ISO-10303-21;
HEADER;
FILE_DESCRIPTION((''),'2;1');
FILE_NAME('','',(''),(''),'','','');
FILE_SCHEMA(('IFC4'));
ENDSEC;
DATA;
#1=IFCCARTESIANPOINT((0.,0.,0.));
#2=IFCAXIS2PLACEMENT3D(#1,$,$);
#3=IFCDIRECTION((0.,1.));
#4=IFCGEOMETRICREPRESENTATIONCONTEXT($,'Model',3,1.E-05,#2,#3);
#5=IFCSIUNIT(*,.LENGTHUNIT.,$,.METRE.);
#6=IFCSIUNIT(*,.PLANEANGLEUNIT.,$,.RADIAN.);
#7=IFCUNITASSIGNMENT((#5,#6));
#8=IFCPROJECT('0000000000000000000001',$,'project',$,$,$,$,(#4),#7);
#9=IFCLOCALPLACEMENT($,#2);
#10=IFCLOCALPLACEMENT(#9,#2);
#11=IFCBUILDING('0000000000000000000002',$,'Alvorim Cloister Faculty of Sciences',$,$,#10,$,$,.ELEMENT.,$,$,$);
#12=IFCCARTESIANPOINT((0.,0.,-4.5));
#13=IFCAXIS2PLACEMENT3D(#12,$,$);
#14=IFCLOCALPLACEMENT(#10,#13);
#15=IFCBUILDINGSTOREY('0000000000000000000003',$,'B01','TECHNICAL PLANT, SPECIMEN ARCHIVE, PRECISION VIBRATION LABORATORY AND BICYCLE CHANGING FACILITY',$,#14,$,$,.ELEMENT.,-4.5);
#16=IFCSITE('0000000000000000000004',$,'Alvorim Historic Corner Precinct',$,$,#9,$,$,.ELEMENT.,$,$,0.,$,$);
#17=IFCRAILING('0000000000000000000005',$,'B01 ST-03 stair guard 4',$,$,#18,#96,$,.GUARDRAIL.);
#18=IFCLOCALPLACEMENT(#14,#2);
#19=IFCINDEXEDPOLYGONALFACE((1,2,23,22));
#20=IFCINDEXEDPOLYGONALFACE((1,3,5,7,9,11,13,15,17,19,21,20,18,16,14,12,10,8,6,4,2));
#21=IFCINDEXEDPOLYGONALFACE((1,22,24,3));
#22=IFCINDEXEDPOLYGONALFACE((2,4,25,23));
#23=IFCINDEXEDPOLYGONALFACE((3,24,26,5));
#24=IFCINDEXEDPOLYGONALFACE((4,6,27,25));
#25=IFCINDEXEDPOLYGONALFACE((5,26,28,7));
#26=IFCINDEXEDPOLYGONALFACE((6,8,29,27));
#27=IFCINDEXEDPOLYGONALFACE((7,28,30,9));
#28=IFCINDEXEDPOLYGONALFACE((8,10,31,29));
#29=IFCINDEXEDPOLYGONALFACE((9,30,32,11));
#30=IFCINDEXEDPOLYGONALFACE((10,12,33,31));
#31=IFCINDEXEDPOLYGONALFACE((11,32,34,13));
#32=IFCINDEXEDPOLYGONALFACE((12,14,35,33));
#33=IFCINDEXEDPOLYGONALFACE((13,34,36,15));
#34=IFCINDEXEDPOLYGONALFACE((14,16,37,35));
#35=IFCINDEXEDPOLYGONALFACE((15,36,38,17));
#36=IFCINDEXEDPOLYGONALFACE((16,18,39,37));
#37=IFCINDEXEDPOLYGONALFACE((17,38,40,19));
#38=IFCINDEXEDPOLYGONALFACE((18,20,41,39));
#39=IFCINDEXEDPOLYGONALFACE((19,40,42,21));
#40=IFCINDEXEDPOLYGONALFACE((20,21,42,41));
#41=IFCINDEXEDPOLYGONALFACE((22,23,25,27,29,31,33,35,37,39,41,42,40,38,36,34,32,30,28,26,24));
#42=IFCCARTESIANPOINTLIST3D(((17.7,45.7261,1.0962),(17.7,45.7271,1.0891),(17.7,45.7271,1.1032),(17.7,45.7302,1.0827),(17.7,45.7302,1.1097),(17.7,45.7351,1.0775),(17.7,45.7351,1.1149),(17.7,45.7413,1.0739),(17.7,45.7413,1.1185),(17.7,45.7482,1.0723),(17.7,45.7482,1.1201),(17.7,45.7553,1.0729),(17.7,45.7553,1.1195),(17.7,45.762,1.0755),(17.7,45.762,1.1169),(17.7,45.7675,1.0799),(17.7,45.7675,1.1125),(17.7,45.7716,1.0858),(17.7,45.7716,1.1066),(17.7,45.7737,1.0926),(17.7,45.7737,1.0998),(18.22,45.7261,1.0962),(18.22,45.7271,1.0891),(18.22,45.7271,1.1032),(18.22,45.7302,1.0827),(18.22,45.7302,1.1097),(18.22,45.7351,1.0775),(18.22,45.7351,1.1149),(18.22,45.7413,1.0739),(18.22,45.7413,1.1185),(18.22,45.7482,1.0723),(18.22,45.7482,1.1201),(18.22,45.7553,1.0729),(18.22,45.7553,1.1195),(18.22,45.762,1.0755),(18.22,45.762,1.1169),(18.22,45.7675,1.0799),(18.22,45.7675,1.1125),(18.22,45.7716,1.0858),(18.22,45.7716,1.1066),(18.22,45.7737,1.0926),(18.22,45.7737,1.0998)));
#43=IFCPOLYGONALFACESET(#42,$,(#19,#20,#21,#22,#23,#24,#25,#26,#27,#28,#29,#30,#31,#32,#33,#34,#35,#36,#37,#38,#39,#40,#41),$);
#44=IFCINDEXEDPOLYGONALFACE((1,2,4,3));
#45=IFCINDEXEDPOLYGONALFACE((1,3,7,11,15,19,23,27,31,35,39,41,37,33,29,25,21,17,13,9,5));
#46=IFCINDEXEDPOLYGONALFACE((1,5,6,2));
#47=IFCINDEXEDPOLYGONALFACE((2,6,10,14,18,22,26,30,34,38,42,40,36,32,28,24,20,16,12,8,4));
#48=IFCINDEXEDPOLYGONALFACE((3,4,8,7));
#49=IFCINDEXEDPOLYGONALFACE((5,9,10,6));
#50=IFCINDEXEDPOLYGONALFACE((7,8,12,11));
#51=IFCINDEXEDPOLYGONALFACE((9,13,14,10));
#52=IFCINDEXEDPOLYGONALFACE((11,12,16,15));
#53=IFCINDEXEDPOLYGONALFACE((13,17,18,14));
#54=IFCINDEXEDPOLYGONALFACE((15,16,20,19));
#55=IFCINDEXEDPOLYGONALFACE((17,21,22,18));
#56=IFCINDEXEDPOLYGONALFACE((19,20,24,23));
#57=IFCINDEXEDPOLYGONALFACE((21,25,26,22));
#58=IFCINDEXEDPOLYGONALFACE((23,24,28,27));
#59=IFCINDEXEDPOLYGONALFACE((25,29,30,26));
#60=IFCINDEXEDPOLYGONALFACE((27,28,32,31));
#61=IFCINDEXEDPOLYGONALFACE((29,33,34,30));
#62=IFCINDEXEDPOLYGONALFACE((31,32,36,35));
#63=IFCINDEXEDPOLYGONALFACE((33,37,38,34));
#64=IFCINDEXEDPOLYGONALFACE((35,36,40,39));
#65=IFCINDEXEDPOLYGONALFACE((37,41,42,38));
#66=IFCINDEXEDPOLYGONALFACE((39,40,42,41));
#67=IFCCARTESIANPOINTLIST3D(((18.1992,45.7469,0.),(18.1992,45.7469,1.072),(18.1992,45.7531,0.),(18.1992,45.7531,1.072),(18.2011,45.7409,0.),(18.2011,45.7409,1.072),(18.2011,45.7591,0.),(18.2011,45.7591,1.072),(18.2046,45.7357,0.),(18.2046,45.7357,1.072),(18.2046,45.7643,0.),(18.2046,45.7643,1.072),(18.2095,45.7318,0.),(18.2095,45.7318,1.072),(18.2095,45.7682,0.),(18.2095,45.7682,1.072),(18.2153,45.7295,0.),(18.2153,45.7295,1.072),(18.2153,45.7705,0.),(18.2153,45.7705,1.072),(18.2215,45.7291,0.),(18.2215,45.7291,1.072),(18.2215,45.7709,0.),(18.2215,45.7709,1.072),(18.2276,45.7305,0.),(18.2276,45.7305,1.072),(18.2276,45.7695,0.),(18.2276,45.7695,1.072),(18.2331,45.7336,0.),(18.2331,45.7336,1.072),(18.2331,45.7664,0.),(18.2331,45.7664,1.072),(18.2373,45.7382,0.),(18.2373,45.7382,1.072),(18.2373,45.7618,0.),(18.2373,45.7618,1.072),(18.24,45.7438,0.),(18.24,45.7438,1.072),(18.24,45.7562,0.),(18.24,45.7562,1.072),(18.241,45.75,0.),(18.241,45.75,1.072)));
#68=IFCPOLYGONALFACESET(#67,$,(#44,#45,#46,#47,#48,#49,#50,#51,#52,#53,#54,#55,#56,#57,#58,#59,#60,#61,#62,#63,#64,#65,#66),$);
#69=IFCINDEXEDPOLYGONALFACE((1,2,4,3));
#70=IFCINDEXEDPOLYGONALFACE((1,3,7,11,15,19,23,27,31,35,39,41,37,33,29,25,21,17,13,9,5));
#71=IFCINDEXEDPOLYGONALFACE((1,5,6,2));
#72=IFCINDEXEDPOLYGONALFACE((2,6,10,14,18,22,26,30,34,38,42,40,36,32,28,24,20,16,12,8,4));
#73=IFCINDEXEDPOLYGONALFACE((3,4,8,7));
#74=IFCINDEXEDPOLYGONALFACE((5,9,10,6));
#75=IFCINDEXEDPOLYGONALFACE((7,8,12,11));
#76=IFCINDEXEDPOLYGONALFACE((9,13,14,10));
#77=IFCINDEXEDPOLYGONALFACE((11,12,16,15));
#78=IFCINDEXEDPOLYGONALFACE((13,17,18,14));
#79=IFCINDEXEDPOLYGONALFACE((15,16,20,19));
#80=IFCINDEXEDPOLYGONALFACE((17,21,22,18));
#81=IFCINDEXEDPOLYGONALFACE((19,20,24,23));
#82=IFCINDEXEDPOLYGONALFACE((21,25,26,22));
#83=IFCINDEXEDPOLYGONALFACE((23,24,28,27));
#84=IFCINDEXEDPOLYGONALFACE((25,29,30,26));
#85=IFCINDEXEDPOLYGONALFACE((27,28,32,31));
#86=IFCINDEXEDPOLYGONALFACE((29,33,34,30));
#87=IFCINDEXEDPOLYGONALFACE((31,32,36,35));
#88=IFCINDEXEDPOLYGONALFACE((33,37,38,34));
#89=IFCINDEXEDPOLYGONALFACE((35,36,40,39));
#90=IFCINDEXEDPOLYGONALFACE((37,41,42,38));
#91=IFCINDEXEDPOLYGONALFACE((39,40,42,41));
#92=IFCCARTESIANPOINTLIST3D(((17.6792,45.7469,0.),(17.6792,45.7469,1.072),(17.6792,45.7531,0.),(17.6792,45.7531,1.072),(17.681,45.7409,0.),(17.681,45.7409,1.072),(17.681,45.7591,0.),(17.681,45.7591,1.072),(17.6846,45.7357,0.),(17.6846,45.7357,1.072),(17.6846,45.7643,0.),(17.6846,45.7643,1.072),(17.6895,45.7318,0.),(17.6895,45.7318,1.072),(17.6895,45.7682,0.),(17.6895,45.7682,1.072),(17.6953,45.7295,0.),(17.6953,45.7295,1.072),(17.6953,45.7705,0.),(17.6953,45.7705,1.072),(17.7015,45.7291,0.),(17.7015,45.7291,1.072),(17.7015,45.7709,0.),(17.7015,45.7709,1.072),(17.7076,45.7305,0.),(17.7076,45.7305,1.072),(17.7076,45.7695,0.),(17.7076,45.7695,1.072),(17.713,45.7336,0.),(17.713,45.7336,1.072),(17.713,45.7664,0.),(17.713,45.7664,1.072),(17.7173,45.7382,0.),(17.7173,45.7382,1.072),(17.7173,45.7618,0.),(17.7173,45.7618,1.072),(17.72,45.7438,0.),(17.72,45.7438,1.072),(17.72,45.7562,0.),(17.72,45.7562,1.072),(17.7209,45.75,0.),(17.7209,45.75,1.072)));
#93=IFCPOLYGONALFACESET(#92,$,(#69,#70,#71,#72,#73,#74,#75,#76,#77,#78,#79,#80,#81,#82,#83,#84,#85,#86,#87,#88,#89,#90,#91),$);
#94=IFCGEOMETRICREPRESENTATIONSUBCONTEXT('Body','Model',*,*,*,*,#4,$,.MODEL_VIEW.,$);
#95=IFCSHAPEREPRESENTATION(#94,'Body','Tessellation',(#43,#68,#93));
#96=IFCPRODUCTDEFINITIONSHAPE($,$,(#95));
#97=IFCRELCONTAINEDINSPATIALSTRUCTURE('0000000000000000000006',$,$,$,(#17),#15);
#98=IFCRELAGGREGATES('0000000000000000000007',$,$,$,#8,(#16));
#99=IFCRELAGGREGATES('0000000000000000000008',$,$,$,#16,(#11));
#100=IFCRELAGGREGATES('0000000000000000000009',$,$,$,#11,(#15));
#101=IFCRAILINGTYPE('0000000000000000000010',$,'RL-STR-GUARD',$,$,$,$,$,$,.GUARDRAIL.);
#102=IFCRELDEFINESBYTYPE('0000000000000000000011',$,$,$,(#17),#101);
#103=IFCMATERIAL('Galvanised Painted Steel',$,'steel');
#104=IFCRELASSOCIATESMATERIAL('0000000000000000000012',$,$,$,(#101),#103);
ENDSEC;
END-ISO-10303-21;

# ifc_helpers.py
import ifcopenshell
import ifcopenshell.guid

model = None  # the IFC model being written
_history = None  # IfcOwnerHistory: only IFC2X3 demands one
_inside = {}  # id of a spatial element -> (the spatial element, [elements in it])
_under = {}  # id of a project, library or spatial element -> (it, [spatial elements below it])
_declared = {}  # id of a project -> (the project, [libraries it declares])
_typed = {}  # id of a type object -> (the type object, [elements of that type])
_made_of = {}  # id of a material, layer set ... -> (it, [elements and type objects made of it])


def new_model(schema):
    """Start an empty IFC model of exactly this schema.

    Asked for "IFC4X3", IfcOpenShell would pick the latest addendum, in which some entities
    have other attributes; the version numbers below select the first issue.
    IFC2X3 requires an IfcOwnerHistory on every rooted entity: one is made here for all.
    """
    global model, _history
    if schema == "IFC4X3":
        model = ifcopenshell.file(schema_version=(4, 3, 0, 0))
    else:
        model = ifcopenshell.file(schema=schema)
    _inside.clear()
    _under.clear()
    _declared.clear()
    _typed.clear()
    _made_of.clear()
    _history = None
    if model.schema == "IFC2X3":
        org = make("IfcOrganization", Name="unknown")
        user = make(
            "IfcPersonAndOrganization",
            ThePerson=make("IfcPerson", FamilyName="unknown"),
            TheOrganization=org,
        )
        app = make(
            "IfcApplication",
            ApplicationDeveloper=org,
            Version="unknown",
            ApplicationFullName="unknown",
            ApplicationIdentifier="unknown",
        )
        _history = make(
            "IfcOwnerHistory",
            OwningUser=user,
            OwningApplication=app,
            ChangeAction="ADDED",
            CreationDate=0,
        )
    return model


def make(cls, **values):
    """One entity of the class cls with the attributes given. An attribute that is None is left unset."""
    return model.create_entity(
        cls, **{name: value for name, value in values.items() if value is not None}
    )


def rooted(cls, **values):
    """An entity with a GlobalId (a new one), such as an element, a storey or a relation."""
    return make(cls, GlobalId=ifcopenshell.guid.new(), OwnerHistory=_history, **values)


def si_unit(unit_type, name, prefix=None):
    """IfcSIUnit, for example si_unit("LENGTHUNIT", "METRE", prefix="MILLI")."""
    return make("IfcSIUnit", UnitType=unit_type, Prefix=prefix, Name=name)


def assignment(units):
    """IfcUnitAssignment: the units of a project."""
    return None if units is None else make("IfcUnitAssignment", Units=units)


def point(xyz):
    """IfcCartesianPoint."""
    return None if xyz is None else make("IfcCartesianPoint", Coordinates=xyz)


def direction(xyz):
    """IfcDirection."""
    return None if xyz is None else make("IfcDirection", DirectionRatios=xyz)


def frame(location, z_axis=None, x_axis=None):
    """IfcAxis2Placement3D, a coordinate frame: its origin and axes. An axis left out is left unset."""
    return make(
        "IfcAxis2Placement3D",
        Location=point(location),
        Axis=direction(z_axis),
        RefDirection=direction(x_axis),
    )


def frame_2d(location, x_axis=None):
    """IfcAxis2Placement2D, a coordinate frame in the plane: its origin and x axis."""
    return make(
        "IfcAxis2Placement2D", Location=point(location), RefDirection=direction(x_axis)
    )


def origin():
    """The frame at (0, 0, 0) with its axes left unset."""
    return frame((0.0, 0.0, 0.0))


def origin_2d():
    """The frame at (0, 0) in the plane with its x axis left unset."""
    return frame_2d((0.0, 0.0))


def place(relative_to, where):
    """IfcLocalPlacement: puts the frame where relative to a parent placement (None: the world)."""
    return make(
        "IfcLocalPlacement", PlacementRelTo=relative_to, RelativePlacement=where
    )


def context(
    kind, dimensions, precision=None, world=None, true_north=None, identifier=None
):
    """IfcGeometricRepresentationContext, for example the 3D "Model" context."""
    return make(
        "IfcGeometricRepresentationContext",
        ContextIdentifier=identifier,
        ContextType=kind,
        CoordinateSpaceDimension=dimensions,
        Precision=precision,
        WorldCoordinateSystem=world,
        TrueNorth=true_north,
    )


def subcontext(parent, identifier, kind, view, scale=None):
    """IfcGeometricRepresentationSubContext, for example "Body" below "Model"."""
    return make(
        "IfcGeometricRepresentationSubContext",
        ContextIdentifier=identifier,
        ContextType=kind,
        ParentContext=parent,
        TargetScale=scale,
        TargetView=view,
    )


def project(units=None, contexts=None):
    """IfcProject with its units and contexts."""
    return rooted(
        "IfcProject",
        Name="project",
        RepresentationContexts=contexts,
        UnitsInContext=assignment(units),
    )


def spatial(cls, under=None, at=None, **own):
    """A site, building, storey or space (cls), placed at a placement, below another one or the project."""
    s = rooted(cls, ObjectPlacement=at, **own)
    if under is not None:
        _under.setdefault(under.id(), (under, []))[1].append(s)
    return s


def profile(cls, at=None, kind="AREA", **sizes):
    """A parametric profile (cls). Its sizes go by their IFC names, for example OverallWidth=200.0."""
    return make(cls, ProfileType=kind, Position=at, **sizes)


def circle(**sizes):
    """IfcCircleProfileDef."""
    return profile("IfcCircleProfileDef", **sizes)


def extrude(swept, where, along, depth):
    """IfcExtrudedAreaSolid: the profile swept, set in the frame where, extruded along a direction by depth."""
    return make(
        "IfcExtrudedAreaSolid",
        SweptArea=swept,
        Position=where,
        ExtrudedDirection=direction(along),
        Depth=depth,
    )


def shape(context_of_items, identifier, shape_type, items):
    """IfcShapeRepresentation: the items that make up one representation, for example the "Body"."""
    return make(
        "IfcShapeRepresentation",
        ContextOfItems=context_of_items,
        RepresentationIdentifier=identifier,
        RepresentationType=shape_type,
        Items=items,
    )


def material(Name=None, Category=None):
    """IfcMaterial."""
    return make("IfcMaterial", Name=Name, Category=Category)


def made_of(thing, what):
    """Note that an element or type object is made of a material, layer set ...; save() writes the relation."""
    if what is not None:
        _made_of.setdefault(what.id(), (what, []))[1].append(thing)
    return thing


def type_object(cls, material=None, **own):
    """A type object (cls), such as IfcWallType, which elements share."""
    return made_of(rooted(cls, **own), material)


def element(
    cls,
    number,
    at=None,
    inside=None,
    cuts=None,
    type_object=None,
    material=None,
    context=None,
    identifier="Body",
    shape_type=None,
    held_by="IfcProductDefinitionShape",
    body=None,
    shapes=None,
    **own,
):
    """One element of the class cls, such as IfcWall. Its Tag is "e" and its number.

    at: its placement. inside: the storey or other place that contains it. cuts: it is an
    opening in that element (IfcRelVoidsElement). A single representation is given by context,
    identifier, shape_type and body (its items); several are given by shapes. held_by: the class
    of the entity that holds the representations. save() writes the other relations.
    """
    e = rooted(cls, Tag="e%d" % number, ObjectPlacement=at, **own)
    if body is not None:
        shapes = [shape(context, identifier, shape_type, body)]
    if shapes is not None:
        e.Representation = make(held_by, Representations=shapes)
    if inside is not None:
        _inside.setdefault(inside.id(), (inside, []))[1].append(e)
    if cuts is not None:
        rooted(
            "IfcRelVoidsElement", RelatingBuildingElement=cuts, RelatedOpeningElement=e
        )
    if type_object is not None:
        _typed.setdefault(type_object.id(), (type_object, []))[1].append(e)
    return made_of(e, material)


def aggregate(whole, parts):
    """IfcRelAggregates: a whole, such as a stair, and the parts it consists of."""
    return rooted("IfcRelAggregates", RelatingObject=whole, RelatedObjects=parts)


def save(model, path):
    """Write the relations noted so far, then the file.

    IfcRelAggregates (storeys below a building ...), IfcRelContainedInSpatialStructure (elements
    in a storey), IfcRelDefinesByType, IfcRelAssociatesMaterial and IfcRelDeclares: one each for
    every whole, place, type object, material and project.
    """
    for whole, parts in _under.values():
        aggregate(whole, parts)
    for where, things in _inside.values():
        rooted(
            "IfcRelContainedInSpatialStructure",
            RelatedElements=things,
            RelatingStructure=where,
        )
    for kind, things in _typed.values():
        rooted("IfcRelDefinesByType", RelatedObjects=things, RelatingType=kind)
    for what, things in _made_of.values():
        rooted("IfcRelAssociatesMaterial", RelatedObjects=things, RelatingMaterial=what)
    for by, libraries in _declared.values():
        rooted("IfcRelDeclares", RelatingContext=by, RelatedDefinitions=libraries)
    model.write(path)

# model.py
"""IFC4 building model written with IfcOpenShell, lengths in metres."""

from ifc_helpers import new_model, si_unit, direction, frame, origin, origin_2d, place, context, subcontext, project, spatial, circle, extrude, material, type_object, element, save


model = new_model("IFC4")

# Units and contexts
model_context = context("Model", 3, precision=1e-05, world=origin(), true_north=direction((0.0, 1.0)))
body_context = subcontext(model_context, "Body", "Model", "MODEL_VIEW")
ifc_project = project(units=[si_unit("LENGTHUNIT", "METRE"), si_unit("PLANEANGLEUNIT", "RADIAN")], contexts=[model_context])

# Site, building, storey
site_placement = place(None, origin())
site = spatial("IfcSite", under=ifc_project, at=site_placement, Name="Alvorim Historic Corner Precinct", CompositionType="ELEMENT", RefElevation=0.0)
building_placement = place(site_placement, origin())
building = spatial("IfcBuilding", under=site, at=building_placement, Name="Alvorim Cloister Faculty of Sciences", CompositionType="ELEMENT")
storey_placement = place(building_placement, frame((0.0, 0.0, -4.5)))
storey = spatial("IfcBuildingStorey", under=building, at=storey_placement, Name="B01", Description="TECHNICAL PLANT, SPECIMEN ARCHIVE, PRECISION VIBRATION LABORATORY AND BICYCLE CHANGING FACILITY", CompositionType="ELEMENT", Elevation=-4.5)

# Railing
ifc_material_1 = material(Name="Galvanised Painted Steel", Category="steel")
railing_type_1 = type_object("IfcRailingType", Name="RL-STR-GUARD", PredefinedType="GUARDRAIL", material=ifc_material_1)
railing_1_placement = place(storey_placement, frame((18.22, 45.75, 0.0)))
element("IfcRailing", 1, at=railing_1_placement, inside=storey, type_object=railing_type_1, Name="B01 ST-03 stair guard 4", PredefinedType="GUARDRAIL", context=body_context, shape_type="SweptSolid", body=[
    extrude(circle(Radius=0.0239, at=origin_2d()), frame((0.0, 0.0, 1.0962), z_axis=(-1.0, 0.0, 0.0), x_axis=(0.0, -1.0, 0.0)), (0.0, 0.0, 1.0), 0.52),
    extrude(circle(Radius=0.021, at=origin_2d()), origin(), (0.0, 0.0, 1.0), 1.072),
    extrude(circle(Radius=0.021, at=origin_2d()), frame((-0.52, 0.0, 0.0)), (0.0, 0.0, 1.0), 1.072),
])

save(model, "model.ifc")
